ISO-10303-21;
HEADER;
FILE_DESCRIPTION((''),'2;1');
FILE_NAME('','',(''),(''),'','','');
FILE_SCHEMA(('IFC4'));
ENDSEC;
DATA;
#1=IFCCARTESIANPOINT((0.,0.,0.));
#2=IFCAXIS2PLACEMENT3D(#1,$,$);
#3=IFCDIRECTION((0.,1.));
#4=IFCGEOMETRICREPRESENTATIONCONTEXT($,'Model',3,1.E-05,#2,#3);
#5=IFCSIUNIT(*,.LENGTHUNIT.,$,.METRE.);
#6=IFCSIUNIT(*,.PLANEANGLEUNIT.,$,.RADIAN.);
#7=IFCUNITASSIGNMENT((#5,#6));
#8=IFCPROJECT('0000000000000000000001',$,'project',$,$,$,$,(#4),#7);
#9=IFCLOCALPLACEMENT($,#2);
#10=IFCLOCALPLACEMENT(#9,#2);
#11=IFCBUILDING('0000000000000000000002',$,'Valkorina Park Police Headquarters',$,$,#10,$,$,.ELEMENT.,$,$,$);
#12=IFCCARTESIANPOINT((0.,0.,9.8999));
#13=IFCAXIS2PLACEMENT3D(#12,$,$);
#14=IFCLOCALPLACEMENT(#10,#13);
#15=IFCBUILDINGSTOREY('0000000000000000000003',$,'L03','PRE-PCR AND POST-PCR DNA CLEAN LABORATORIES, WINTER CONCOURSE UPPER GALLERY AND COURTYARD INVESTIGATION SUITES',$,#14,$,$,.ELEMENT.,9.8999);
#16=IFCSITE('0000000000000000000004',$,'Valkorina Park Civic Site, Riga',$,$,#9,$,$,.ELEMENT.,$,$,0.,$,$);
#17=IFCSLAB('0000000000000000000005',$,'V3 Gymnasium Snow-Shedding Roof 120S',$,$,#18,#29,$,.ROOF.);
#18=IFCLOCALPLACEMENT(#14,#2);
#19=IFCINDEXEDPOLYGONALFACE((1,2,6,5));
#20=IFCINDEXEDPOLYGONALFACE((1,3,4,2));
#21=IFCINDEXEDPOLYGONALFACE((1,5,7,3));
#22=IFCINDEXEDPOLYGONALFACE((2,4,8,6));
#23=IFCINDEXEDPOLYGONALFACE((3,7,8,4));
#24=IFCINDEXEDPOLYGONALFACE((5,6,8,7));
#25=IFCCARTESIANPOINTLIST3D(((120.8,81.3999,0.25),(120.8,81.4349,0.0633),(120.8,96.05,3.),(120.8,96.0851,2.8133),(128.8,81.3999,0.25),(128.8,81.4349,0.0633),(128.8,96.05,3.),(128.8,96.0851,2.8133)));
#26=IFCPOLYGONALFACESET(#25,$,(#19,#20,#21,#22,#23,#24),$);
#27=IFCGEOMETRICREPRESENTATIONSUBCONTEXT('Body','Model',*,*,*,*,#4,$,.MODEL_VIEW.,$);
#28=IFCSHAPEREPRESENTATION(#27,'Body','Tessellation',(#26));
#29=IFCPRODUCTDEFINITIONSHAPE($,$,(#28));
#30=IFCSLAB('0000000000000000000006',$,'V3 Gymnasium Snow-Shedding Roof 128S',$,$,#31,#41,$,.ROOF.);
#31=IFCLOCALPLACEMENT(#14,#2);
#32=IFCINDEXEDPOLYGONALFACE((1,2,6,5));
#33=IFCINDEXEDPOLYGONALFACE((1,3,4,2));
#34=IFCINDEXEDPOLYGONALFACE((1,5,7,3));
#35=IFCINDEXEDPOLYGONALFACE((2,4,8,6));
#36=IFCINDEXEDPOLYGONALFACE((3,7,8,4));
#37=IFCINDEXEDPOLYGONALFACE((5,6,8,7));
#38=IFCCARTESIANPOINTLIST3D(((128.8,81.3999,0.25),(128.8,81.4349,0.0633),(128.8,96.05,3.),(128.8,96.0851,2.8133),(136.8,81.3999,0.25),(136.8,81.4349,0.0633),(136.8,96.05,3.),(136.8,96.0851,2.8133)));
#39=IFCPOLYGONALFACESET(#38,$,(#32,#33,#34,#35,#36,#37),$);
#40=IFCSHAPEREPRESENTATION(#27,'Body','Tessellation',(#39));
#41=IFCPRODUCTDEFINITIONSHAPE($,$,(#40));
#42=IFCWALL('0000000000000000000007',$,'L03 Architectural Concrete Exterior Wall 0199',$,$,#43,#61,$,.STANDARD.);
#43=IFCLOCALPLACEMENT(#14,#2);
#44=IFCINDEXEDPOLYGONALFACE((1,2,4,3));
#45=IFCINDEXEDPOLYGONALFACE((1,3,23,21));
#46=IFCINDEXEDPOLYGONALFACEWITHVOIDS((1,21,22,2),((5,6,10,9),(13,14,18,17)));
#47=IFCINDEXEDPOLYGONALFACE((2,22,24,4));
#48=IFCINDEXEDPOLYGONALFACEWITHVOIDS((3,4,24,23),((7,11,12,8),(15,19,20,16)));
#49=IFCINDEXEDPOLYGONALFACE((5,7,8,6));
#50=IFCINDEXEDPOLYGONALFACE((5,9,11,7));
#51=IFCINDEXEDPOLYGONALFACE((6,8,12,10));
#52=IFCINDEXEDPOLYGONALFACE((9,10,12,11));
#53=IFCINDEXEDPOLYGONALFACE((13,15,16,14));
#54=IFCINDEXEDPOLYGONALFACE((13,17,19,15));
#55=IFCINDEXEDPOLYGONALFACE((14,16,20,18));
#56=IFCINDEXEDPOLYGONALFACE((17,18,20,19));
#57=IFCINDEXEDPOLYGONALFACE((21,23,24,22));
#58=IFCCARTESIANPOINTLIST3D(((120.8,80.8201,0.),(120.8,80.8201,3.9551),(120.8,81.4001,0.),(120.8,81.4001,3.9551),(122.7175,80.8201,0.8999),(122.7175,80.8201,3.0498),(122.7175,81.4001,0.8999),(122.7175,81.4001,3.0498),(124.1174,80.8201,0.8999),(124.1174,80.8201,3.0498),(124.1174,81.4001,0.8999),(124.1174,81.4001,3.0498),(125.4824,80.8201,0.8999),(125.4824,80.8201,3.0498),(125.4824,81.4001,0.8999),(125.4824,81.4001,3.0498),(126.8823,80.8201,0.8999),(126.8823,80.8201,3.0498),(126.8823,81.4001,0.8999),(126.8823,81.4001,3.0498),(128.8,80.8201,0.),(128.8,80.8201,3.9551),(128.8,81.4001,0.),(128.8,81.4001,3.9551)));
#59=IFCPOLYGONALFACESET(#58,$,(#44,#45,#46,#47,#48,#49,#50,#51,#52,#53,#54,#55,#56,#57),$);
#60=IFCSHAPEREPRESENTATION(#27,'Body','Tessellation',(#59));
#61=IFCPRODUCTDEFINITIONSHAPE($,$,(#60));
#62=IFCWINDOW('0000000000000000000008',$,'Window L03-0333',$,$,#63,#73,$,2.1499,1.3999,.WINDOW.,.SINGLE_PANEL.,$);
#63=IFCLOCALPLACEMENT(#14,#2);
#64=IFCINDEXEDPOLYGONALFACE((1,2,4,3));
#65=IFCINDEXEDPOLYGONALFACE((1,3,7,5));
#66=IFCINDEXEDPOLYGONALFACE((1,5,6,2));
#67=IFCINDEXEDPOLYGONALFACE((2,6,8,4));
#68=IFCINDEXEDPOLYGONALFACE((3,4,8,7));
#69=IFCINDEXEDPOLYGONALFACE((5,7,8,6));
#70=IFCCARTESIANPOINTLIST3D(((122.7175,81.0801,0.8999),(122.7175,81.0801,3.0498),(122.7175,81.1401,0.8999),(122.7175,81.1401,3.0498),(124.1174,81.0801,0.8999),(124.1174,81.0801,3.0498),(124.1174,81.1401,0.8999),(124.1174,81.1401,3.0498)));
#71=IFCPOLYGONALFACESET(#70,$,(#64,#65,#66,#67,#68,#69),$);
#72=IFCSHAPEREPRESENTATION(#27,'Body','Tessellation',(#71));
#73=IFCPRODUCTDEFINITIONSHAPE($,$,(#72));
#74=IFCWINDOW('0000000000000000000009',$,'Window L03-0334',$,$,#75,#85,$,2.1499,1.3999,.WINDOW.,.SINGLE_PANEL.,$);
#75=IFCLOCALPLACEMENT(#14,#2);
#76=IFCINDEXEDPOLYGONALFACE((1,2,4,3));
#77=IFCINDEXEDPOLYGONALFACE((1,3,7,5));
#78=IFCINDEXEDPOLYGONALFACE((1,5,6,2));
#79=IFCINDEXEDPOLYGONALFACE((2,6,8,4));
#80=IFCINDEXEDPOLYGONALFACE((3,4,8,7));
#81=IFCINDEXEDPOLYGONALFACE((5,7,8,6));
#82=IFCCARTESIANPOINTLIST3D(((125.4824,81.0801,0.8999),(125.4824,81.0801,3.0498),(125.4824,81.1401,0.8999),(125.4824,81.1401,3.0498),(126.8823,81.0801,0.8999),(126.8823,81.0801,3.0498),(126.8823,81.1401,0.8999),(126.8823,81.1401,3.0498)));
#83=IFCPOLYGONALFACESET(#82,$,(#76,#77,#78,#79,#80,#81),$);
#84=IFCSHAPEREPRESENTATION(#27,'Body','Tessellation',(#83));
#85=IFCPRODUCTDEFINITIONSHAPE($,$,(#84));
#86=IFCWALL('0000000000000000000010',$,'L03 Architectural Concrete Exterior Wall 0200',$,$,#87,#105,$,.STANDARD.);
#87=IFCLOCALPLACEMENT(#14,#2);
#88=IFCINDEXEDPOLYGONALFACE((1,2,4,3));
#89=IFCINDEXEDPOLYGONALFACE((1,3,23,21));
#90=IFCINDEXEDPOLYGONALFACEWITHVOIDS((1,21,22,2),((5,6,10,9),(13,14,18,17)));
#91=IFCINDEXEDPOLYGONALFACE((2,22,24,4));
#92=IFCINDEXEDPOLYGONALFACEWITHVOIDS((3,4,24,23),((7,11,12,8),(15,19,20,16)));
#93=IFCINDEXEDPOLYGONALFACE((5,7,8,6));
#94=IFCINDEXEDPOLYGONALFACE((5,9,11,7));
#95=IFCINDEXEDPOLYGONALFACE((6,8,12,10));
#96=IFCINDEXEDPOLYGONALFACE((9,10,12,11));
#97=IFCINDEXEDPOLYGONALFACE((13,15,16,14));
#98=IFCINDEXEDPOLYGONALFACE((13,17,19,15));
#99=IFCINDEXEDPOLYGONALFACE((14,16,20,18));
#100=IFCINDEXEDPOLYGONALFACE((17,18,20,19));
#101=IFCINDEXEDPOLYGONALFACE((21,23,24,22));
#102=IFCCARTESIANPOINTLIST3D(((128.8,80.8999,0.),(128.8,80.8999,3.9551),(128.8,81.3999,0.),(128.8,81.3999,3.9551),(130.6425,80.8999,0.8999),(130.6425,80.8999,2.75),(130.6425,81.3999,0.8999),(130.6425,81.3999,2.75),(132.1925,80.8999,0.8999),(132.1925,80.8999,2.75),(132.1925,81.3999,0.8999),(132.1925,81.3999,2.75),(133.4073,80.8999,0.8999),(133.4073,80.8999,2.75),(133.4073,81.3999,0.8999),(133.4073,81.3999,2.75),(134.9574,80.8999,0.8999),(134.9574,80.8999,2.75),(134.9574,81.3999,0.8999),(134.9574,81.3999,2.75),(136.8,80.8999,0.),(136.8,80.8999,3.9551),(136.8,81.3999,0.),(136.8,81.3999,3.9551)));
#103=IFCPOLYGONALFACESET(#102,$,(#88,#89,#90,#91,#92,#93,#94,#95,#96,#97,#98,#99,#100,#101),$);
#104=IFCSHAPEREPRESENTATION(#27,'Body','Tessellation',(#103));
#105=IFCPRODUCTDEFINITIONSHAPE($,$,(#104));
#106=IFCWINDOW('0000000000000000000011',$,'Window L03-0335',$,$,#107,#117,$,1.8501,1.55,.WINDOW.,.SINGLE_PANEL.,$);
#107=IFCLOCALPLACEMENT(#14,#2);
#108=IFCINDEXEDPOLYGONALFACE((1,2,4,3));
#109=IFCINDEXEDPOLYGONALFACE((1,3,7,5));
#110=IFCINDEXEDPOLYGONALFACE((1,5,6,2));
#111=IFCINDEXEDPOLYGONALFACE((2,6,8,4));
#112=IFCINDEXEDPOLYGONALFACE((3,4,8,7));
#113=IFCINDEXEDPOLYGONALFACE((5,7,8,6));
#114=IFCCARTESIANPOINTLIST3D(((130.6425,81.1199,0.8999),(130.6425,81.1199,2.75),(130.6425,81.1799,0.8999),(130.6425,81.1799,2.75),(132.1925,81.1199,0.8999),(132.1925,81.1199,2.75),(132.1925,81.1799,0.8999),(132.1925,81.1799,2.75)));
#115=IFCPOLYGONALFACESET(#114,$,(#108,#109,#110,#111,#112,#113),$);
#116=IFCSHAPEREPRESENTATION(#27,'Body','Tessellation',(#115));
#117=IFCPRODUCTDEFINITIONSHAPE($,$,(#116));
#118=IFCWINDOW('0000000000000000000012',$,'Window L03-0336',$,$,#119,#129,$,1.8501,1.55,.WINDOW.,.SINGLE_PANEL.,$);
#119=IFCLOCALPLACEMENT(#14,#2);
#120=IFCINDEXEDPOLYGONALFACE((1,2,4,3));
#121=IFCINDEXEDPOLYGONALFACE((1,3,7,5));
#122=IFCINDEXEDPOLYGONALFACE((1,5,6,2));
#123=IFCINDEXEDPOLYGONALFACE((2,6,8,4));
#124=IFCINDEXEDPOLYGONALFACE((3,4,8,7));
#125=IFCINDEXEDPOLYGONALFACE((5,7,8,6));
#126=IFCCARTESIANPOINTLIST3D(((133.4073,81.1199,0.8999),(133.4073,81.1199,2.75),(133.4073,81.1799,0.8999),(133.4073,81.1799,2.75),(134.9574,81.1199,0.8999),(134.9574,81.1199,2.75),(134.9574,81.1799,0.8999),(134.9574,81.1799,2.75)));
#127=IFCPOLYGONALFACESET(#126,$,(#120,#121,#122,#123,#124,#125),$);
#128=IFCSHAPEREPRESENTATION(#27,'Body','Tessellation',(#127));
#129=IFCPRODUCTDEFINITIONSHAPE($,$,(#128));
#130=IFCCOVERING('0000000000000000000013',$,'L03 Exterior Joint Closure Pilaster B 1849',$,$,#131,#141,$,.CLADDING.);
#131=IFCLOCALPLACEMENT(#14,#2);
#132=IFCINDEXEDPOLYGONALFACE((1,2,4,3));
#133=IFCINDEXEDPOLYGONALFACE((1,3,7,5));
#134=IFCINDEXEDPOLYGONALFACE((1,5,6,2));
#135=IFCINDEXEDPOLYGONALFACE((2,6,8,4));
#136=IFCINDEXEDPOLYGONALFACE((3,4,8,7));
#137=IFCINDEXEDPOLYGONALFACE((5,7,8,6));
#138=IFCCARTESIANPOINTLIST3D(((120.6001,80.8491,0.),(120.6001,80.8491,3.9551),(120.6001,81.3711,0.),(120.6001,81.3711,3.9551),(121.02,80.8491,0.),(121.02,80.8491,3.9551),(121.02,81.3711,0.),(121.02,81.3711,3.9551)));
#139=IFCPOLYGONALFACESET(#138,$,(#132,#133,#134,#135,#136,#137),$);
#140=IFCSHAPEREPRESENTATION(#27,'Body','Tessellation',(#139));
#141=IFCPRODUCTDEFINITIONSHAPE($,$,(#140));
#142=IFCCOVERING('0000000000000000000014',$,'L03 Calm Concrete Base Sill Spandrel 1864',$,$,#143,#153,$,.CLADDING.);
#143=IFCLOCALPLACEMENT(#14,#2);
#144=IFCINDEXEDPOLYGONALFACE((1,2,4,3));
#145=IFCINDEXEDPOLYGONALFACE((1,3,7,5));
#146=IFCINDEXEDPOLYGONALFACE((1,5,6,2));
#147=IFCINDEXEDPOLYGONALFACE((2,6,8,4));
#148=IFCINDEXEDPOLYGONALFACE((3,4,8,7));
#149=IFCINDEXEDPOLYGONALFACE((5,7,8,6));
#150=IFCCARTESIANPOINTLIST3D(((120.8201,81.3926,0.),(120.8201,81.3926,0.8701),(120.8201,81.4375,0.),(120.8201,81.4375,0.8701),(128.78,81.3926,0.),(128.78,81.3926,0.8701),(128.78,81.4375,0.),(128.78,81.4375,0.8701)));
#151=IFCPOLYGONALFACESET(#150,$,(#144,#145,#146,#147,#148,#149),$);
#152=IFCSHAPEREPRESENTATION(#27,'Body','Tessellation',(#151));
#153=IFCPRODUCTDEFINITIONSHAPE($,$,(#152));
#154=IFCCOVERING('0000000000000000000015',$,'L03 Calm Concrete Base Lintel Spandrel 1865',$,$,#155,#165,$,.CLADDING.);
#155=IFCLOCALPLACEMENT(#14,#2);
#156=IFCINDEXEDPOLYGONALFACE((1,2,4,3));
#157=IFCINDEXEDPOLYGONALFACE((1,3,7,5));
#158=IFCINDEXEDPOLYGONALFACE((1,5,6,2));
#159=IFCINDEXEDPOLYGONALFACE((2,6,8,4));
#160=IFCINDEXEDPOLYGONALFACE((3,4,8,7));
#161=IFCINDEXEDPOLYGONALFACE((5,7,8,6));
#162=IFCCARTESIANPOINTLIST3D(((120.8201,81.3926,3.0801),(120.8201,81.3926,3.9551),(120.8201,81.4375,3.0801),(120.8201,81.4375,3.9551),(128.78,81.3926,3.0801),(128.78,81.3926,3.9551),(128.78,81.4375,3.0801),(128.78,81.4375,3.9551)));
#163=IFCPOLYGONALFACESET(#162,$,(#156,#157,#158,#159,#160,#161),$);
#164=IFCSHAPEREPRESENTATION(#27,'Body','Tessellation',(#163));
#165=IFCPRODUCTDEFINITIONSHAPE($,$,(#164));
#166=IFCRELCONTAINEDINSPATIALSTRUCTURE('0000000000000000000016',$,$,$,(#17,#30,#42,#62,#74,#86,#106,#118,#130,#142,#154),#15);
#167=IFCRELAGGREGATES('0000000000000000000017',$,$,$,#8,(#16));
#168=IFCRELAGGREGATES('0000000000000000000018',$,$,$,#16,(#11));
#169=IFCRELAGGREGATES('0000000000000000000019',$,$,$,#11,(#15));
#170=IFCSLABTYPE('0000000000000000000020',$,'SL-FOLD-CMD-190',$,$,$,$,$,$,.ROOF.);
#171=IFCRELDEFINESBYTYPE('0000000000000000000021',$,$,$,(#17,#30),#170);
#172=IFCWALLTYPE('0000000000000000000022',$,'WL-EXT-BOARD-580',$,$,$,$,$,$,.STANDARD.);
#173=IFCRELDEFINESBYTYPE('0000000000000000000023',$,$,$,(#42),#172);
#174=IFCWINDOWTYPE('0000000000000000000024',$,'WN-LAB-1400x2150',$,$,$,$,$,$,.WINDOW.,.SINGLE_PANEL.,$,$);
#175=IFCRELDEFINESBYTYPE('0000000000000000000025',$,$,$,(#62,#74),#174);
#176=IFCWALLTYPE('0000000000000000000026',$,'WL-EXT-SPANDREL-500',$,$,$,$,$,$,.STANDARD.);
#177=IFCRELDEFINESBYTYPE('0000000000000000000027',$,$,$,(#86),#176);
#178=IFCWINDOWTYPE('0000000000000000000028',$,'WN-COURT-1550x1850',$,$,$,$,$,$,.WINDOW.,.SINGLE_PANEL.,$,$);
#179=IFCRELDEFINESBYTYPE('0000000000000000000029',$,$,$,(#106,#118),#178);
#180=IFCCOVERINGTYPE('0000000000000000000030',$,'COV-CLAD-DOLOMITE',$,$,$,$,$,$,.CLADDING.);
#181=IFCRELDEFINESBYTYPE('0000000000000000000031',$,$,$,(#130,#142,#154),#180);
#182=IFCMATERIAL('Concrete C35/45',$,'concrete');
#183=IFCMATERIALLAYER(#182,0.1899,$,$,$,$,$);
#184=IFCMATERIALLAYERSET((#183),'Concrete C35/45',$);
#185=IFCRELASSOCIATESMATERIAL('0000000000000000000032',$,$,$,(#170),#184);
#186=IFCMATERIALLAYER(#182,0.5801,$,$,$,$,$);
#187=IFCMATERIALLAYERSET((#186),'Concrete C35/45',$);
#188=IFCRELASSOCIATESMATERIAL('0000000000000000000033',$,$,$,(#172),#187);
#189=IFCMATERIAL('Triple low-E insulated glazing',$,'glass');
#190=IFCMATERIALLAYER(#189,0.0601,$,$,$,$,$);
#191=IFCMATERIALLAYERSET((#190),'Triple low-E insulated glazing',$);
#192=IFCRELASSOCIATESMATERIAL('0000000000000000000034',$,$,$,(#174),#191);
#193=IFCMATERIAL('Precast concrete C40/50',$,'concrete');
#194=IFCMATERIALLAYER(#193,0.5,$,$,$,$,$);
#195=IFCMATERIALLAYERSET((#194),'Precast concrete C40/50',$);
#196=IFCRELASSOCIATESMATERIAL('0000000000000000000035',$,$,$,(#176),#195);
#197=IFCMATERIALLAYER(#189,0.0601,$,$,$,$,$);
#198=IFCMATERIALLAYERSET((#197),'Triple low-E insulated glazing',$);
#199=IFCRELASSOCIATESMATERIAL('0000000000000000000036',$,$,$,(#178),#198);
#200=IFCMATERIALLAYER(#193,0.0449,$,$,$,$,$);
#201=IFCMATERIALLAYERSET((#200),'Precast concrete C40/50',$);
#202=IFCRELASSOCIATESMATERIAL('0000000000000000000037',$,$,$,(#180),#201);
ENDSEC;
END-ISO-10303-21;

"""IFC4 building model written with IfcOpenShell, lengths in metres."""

from ifc_helpers import new_model, si_unit, direction, frame, frame_2d, origin, origin_2d, place, context, subcontext, project, spatial, polyline, rectangle, outline, extrude, material, layer, layer_set, type_object, element, fill, save


model = new_model("IFC4")

# Units and contexts
model_context = context("Model", 3, precision=1e-05, world=origin(), true_north=direction((0.0, 1.0)))
body_context = subcontext(model_context, "Body", "Model", "MODEL_VIEW")
ifc_project = project(units=[si_unit("LENGTHUNIT", "METRE"), si_unit("PLANEANGLEUNIT", "RADIAN")], contexts=[model_context])

# Site, building, storey
site_placement = place(None, origin())
site = spatial("IfcSite", under=ifc_project, at=site_placement, Name="Valkorina Park Civic Site, Riga", CompositionType="ELEMENT", RefElevation=0.0)
building_placement = place(site_placement, origin())
building = spatial("IfcBuilding", under=site, at=building_placement, Name="Valkorina Park Police Headquarters", CompositionType="ELEMENT")
storey_placement = place(building_placement, frame((0.0, 0.0, 9.8999)))
storey = spatial("IfcBuildingStorey", under=building, at=storey_placement, Name="L03", Description="PRE-PCR AND POST-PCR DNA CLEAN LABORATORIES, WINTER CONCOURSE UPPER GALLERY AND COURTYARD INVESTIGATION SUITES", CompositionType="ELEMENT", Elevation=9.8999)

# Slabs
ifc_material_1 = material(Name="Concrete C35/45", Category="concrete")
ifc_layer_1 = layer(ifc_material_1, 0.1899)
ifc_layer_set_1 = layer_set([ifc_layer_1], Name="Concrete C35/45")
slab_type = type_object("IfcSlabType", Name="SL-FOLD-CMD-190", PredefinedType="ROOF", material=ifc_layer_set_1)
for number, where, z_axis, x_axis, name in (
    (1, (120.8, 81.3999, 0.25), (0.0, -0.184489, 0.982835), (1.0, 0.0, 0.0), "V3 Gymnasium Snow-Shedding Roof 120S"),
    (2, (128.8, 81.3999, 0.25), (0.0, -0.184489, 0.982835), (1.0, 0.0, 0.0), "V3 Gymnasium Snow-Shedding Roof 128S"),
):
    element("IfcSlab", number, at=place(storey_placement, frame(where, z_axis=z_axis, x_axis=x_axis)), inside=storey, type_object=slab_type, Name=name, PredefinedType="ROOF", context=body_context, shape_type="SweptSolid", body=[
        extrude(outline(polyline([(0.0, 0.0), (8.0, 0.0), (8.0, 14.906), (0.0, 14.906), (0.0, 0.0)])), origin(), (0.0, 0.0, -1.0), 0.1899),
    ])

# Walls, openings, windows
ifc_layer_2 = layer(ifc_material_1, 0.5801)
ifc_layer_set_2 = layer_set([ifc_layer_2], Name="Concrete C35/45")
wall_type_1 = type_object("IfcWallType", Name="WL-EXT-BOARD-580", PredefinedType="STANDARD", material=ifc_layer_set_2)
wall_1_placement = place(storey_placement, frame((120.8, 81.1101, 0.0), z_axis=(0.0, 0.0, 1.0), x_axis=(1.0, 0.0, 0.0)))
wall_1 = element("IfcWall", 3, at=wall_1_placement, inside=storey, type_object=wall_type_1, Name="L03 Architectural Concrete Exterior Wall 0199", PredefinedType="STANDARD", context=body_context, shape_type="SweptSolid", body=[
    extrude(rectangle(XDim=8.0, YDim=0.5801, at=frame_2d((4.0, 0.0))), origin(), (0.0, 0.0, 1.0), 3.9551),
])
opening_1_placement = place(wall_1_placement, frame((1.9175, 0.0, 0.8999)))
opening_1 = element("IfcOpeningElement", 4, at=opening_1_placement, cuts=wall_1, PredefinedType="OPENING", context=body_context, shape_type="SweptSolid", body=[
    extrude(rectangle(XDim=1.3999, YDim=2.1499, at=frame_2d((0.7, 1.075))), frame((0.0, 0.3, 0.0), z_axis=(0.0, -1.0, 0.0), x_axis=(1.0, 0.0, 0.0)), (0.0, 0.0, 1.0), 0.6001),
])
opening_2_placement = place(wall_1_placement, frame((4.6824, 0.0, 0.8999)))
opening_2 = element("IfcOpeningElement", 5, at=opening_2_placement, cuts=wall_1, PredefinedType="OPENING", context=body_context, shape_type="SweptSolid", body=[
    extrude(rectangle(XDim=1.3999, YDim=2.1499, at=frame_2d((0.7, 1.075))), frame((0.0, 0.3, 0.0), z_axis=(0.0, -1.0, 0.0), x_axis=(1.0, 0.0, 0.0)), (0.0, 0.0, 1.0), 0.6001),
])
ifc_material_2 = material(Name="Triple low-E insulated glazing", Category="glass")
ifc_layer_3 = layer(ifc_material_2, 0.0601)
ifc_layer_set_3 = layer_set([ifc_layer_3], Name="Triple low-E insulated glazing")
window_type_1 = type_object("IfcWindowType", Name="WN-LAB-1400x2150", PartitioningType="SINGLE_PANEL", PredefinedType="WINDOW", material=ifc_layer_set_3)
window_1_placement = place(opening_1_placement, origin())
window_1 = element("IfcWindow", 6, at=window_1_placement, inside=storey, type_object=window_type_1, Name="Window L03-0333", OverallHeight=2.1499, OverallWidth=1.3999, PartitioningType="SINGLE_PANEL", PredefinedType="WINDOW", context=body_context, shape_type="SweptSolid", body=[
    extrude(rectangle(XDim=1.3999, YDim=2.1499, at=frame_2d((0.7, 1.075))), frame((0.0, 0.03, 0.0), z_axis=(0.0, -1.0, 0.0), x_axis=(1.0, 0.0, 0.0)), (0.0, 0.0, 1.0), 0.0601),
])
fill(opening_1, window_1)
window_2_placement = place(opening_2_placement, origin())
window_2 = element("IfcWindow", 7, at=window_2_placement, inside=storey, type_object=window_type_1, Name="Window L03-0334", OverallHeight=2.1499, OverallWidth=1.3999, PartitioningType="SINGLE_PANEL", PredefinedType="WINDOW", context=body_context, shape_type="SweptSolid", body=[
    extrude(rectangle(XDim=1.3999, YDim=2.1499, at=frame_2d((0.7, 1.075))), frame((0.0, 0.03, 0.0), z_axis=(0.0, -1.0, 0.0), x_axis=(1.0, 0.0, 0.0)), (0.0, 0.0, 1.0), 0.0601),
])
fill(opening_2, window_2)
ifc_material_3 = material(Name="Precast concrete C40/50", Category="concrete")
ifc_layer_4 = layer(ifc_material_3, 0.5)
ifc_layer_set_4 = layer_set([ifc_layer_4], Name="Precast concrete C40/50")
wall_type_2 = type_object("IfcWallType", Name="WL-EXT-SPANDREL-500", PredefinedType="STANDARD", material=ifc_layer_set_4)
wall_2_placement = place(storey_placement, frame((128.8, 81.1499, 0.0), z_axis=(0.0, 0.0, 1.0), x_axis=(1.0, 0.0, 0.0)))
wall_2 = element("IfcWall", 8, at=wall_2_placement, inside=storey, type_object=wall_type_2, Name="L03 Architectural Concrete Exterior Wall 0200", PredefinedType="STANDARD", context=body_context, shape_type="SweptSolid", body=[
    extrude(rectangle(XDim=8.0, YDim=0.5, at=frame_2d((4.0, 0.0))), origin(), (0.0, 0.0, 1.0), 3.9551),
])
opening_3_placement = place(wall_2_placement, frame((1.8425, 0.0, 0.8999)))
opening_3 = element("IfcOpeningElement", 9, at=opening_3_placement, cuts=wall_2, PredefinedType="OPENING", context=body_context, shape_type="SweptSolid", body=[
    extrude(rectangle(XDim=1.55, YDim=1.8501, at=frame_2d((0.7749, 0.925))), frame((0.0, 0.26, 0.0), z_axis=(0.0, -1.0, 0.0), x_axis=(1.0, 0.0, 0.0)), (0.0, 0.0, 1.0), 0.52),
])
opening_4_placement = place(wall_2_placement, frame((4.6074, 0.0, 0.8999)))
opening_4 = element("IfcOpeningElement", 10, at=opening_4_placement, cuts=wall_2, PredefinedType="OPENING", context=body_context, shape_type="SweptSolid", body=[
    extrude(rectangle(XDim=1.55, YDim=1.8501, at=frame_2d((0.7749, 0.925))), frame((0.0, 0.26, 0.0), z_axis=(0.0, -1.0, 0.0), x_axis=(1.0, 0.0, 0.0)), (0.0, 0.0, 1.0), 0.52),
])
ifc_layer_5 = layer(ifc_material_2, 0.0601)
ifc_layer_set_5 = layer_set([ifc_layer_5], Name="Triple low-E insulated glazing")
window_type_2 = type_object("IfcWindowType", Name="WN-COURT-1550x1850", PartitioningType="SINGLE_PANEL", PredefinedType="WINDOW", material=ifc_layer_set_5)
window_3_placement = place(opening_3_placement, origin())
window_3 = element("IfcWindow", 11, at=window_3_placement, inside=storey, type_object=window_type_2, Name="Window L03-0335", OverallHeight=1.8501, OverallWidth=1.55, PartitioningType="SINGLE_PANEL", PredefinedType="WINDOW", context=body_context, shape_type="SweptSolid", body=[
    extrude(rectangle(XDim=1.55, YDim=1.8501, at=frame_2d((0.7749, 0.925))), frame((0.0, 0.03, 0.0), z_axis=(0.0, -1.0, 0.0), x_axis=(1.0, 0.0, 0.0)), (0.0, 0.0, 1.0), 0.0601),
])
fill(opening_3, window_3)
window_4_placement = place(opening_4_placement, origin())
window_4 = element("IfcWindow", 12, at=window_4_placement, inside=storey, type_object=window_type_2, Name="Window L03-0336", OverallHeight=1.8501, OverallWidth=1.55, PartitioningType="SINGLE_PANEL", PredefinedType="WINDOW", context=body_context, shape_type="SweptSolid", body=[
    extrude(rectangle(XDim=1.55, YDim=1.8501, at=frame_2d((0.7749, 0.925))), frame((0.0, 0.03, 0.0), z_axis=(0.0, -1.0, 0.0), x_axis=(1.0, 0.0, 0.0)), (0.0, 0.0, 1.0), 0.0601),
])
fill(opening_4, window_4)

# Coverings
ifc_layer_6 = layer(ifc_material_3, 0.0449)
ifc_layer_set_6 = layer_set([ifc_layer_6], Name="Precast concrete C40/50")
covering_type = type_object("IfcCoveringType", Name="COV-CLAD-DOLOMITE", PredefinedType="CLADDING", material=ifc_layer_set_6)
covering_1_placement = place(storey_placement, frame((120.8101, 81.1101, 0.0), z_axis=(0.0, 0.0, 1.0), x_axis=(1.0, 0.0, 0.0)))
element("IfcCovering", 13, at=covering_1_placement, inside=storey, type_object=covering_type, Name="L03 Exterior Joint Closure Pilaster B 1849", PredefinedType="CLADDING", context=body_context, shape_type="SweptSolid", body=[
    extrude(rectangle(XDim=0.4199, YDim=0.522, at=origin_2d()), origin(), (0.0, 0.0, 1.0), 3.9551),
])
covering_2_placement = place(storey_placement, frame((120.8201, 81.415, 0.0), z_axis=(0.0, 0.0, 1.0), x_axis=(1.0, 0.0, 0.0)))
element("IfcCovering", 14, at=covering_2_placement, inside=storey, type_object=covering_type, Name="L03 Calm Concrete Base Sill Spandrel 1864", PredefinedType="CLADDING", context=body_context, shape_type="SweptSolid", body=[
    extrude(rectangle(XDim=7.96, YDim=0.0449, at=frame_2d((3.98, 0.0))), origin(), (0.0, 0.0, 1.0), 0.8701),
])
covering_3_placement = place(storey_placement, frame((120.8201, 81.415, 3.0801), z_axis=(0.0, 0.0, 1.0), x_axis=(1.0, 0.0, 0.0)))
element("IfcCovering", 15, at=covering_3_placement, inside=storey, type_object=covering_type, Name="L03 Calm Concrete Base Lintel Spandrel 1865", PredefinedType="CLADDING", context=body_context, shape_type="SweptSolid", body=[
    extrude(rectangle(XDim=7.96, YDim=0.0449, at=frame_2d((3.98, 0.0))), origin(), (0.0, 0.0, 1.0), 0.875),
])

save(model, "model.ifc")
